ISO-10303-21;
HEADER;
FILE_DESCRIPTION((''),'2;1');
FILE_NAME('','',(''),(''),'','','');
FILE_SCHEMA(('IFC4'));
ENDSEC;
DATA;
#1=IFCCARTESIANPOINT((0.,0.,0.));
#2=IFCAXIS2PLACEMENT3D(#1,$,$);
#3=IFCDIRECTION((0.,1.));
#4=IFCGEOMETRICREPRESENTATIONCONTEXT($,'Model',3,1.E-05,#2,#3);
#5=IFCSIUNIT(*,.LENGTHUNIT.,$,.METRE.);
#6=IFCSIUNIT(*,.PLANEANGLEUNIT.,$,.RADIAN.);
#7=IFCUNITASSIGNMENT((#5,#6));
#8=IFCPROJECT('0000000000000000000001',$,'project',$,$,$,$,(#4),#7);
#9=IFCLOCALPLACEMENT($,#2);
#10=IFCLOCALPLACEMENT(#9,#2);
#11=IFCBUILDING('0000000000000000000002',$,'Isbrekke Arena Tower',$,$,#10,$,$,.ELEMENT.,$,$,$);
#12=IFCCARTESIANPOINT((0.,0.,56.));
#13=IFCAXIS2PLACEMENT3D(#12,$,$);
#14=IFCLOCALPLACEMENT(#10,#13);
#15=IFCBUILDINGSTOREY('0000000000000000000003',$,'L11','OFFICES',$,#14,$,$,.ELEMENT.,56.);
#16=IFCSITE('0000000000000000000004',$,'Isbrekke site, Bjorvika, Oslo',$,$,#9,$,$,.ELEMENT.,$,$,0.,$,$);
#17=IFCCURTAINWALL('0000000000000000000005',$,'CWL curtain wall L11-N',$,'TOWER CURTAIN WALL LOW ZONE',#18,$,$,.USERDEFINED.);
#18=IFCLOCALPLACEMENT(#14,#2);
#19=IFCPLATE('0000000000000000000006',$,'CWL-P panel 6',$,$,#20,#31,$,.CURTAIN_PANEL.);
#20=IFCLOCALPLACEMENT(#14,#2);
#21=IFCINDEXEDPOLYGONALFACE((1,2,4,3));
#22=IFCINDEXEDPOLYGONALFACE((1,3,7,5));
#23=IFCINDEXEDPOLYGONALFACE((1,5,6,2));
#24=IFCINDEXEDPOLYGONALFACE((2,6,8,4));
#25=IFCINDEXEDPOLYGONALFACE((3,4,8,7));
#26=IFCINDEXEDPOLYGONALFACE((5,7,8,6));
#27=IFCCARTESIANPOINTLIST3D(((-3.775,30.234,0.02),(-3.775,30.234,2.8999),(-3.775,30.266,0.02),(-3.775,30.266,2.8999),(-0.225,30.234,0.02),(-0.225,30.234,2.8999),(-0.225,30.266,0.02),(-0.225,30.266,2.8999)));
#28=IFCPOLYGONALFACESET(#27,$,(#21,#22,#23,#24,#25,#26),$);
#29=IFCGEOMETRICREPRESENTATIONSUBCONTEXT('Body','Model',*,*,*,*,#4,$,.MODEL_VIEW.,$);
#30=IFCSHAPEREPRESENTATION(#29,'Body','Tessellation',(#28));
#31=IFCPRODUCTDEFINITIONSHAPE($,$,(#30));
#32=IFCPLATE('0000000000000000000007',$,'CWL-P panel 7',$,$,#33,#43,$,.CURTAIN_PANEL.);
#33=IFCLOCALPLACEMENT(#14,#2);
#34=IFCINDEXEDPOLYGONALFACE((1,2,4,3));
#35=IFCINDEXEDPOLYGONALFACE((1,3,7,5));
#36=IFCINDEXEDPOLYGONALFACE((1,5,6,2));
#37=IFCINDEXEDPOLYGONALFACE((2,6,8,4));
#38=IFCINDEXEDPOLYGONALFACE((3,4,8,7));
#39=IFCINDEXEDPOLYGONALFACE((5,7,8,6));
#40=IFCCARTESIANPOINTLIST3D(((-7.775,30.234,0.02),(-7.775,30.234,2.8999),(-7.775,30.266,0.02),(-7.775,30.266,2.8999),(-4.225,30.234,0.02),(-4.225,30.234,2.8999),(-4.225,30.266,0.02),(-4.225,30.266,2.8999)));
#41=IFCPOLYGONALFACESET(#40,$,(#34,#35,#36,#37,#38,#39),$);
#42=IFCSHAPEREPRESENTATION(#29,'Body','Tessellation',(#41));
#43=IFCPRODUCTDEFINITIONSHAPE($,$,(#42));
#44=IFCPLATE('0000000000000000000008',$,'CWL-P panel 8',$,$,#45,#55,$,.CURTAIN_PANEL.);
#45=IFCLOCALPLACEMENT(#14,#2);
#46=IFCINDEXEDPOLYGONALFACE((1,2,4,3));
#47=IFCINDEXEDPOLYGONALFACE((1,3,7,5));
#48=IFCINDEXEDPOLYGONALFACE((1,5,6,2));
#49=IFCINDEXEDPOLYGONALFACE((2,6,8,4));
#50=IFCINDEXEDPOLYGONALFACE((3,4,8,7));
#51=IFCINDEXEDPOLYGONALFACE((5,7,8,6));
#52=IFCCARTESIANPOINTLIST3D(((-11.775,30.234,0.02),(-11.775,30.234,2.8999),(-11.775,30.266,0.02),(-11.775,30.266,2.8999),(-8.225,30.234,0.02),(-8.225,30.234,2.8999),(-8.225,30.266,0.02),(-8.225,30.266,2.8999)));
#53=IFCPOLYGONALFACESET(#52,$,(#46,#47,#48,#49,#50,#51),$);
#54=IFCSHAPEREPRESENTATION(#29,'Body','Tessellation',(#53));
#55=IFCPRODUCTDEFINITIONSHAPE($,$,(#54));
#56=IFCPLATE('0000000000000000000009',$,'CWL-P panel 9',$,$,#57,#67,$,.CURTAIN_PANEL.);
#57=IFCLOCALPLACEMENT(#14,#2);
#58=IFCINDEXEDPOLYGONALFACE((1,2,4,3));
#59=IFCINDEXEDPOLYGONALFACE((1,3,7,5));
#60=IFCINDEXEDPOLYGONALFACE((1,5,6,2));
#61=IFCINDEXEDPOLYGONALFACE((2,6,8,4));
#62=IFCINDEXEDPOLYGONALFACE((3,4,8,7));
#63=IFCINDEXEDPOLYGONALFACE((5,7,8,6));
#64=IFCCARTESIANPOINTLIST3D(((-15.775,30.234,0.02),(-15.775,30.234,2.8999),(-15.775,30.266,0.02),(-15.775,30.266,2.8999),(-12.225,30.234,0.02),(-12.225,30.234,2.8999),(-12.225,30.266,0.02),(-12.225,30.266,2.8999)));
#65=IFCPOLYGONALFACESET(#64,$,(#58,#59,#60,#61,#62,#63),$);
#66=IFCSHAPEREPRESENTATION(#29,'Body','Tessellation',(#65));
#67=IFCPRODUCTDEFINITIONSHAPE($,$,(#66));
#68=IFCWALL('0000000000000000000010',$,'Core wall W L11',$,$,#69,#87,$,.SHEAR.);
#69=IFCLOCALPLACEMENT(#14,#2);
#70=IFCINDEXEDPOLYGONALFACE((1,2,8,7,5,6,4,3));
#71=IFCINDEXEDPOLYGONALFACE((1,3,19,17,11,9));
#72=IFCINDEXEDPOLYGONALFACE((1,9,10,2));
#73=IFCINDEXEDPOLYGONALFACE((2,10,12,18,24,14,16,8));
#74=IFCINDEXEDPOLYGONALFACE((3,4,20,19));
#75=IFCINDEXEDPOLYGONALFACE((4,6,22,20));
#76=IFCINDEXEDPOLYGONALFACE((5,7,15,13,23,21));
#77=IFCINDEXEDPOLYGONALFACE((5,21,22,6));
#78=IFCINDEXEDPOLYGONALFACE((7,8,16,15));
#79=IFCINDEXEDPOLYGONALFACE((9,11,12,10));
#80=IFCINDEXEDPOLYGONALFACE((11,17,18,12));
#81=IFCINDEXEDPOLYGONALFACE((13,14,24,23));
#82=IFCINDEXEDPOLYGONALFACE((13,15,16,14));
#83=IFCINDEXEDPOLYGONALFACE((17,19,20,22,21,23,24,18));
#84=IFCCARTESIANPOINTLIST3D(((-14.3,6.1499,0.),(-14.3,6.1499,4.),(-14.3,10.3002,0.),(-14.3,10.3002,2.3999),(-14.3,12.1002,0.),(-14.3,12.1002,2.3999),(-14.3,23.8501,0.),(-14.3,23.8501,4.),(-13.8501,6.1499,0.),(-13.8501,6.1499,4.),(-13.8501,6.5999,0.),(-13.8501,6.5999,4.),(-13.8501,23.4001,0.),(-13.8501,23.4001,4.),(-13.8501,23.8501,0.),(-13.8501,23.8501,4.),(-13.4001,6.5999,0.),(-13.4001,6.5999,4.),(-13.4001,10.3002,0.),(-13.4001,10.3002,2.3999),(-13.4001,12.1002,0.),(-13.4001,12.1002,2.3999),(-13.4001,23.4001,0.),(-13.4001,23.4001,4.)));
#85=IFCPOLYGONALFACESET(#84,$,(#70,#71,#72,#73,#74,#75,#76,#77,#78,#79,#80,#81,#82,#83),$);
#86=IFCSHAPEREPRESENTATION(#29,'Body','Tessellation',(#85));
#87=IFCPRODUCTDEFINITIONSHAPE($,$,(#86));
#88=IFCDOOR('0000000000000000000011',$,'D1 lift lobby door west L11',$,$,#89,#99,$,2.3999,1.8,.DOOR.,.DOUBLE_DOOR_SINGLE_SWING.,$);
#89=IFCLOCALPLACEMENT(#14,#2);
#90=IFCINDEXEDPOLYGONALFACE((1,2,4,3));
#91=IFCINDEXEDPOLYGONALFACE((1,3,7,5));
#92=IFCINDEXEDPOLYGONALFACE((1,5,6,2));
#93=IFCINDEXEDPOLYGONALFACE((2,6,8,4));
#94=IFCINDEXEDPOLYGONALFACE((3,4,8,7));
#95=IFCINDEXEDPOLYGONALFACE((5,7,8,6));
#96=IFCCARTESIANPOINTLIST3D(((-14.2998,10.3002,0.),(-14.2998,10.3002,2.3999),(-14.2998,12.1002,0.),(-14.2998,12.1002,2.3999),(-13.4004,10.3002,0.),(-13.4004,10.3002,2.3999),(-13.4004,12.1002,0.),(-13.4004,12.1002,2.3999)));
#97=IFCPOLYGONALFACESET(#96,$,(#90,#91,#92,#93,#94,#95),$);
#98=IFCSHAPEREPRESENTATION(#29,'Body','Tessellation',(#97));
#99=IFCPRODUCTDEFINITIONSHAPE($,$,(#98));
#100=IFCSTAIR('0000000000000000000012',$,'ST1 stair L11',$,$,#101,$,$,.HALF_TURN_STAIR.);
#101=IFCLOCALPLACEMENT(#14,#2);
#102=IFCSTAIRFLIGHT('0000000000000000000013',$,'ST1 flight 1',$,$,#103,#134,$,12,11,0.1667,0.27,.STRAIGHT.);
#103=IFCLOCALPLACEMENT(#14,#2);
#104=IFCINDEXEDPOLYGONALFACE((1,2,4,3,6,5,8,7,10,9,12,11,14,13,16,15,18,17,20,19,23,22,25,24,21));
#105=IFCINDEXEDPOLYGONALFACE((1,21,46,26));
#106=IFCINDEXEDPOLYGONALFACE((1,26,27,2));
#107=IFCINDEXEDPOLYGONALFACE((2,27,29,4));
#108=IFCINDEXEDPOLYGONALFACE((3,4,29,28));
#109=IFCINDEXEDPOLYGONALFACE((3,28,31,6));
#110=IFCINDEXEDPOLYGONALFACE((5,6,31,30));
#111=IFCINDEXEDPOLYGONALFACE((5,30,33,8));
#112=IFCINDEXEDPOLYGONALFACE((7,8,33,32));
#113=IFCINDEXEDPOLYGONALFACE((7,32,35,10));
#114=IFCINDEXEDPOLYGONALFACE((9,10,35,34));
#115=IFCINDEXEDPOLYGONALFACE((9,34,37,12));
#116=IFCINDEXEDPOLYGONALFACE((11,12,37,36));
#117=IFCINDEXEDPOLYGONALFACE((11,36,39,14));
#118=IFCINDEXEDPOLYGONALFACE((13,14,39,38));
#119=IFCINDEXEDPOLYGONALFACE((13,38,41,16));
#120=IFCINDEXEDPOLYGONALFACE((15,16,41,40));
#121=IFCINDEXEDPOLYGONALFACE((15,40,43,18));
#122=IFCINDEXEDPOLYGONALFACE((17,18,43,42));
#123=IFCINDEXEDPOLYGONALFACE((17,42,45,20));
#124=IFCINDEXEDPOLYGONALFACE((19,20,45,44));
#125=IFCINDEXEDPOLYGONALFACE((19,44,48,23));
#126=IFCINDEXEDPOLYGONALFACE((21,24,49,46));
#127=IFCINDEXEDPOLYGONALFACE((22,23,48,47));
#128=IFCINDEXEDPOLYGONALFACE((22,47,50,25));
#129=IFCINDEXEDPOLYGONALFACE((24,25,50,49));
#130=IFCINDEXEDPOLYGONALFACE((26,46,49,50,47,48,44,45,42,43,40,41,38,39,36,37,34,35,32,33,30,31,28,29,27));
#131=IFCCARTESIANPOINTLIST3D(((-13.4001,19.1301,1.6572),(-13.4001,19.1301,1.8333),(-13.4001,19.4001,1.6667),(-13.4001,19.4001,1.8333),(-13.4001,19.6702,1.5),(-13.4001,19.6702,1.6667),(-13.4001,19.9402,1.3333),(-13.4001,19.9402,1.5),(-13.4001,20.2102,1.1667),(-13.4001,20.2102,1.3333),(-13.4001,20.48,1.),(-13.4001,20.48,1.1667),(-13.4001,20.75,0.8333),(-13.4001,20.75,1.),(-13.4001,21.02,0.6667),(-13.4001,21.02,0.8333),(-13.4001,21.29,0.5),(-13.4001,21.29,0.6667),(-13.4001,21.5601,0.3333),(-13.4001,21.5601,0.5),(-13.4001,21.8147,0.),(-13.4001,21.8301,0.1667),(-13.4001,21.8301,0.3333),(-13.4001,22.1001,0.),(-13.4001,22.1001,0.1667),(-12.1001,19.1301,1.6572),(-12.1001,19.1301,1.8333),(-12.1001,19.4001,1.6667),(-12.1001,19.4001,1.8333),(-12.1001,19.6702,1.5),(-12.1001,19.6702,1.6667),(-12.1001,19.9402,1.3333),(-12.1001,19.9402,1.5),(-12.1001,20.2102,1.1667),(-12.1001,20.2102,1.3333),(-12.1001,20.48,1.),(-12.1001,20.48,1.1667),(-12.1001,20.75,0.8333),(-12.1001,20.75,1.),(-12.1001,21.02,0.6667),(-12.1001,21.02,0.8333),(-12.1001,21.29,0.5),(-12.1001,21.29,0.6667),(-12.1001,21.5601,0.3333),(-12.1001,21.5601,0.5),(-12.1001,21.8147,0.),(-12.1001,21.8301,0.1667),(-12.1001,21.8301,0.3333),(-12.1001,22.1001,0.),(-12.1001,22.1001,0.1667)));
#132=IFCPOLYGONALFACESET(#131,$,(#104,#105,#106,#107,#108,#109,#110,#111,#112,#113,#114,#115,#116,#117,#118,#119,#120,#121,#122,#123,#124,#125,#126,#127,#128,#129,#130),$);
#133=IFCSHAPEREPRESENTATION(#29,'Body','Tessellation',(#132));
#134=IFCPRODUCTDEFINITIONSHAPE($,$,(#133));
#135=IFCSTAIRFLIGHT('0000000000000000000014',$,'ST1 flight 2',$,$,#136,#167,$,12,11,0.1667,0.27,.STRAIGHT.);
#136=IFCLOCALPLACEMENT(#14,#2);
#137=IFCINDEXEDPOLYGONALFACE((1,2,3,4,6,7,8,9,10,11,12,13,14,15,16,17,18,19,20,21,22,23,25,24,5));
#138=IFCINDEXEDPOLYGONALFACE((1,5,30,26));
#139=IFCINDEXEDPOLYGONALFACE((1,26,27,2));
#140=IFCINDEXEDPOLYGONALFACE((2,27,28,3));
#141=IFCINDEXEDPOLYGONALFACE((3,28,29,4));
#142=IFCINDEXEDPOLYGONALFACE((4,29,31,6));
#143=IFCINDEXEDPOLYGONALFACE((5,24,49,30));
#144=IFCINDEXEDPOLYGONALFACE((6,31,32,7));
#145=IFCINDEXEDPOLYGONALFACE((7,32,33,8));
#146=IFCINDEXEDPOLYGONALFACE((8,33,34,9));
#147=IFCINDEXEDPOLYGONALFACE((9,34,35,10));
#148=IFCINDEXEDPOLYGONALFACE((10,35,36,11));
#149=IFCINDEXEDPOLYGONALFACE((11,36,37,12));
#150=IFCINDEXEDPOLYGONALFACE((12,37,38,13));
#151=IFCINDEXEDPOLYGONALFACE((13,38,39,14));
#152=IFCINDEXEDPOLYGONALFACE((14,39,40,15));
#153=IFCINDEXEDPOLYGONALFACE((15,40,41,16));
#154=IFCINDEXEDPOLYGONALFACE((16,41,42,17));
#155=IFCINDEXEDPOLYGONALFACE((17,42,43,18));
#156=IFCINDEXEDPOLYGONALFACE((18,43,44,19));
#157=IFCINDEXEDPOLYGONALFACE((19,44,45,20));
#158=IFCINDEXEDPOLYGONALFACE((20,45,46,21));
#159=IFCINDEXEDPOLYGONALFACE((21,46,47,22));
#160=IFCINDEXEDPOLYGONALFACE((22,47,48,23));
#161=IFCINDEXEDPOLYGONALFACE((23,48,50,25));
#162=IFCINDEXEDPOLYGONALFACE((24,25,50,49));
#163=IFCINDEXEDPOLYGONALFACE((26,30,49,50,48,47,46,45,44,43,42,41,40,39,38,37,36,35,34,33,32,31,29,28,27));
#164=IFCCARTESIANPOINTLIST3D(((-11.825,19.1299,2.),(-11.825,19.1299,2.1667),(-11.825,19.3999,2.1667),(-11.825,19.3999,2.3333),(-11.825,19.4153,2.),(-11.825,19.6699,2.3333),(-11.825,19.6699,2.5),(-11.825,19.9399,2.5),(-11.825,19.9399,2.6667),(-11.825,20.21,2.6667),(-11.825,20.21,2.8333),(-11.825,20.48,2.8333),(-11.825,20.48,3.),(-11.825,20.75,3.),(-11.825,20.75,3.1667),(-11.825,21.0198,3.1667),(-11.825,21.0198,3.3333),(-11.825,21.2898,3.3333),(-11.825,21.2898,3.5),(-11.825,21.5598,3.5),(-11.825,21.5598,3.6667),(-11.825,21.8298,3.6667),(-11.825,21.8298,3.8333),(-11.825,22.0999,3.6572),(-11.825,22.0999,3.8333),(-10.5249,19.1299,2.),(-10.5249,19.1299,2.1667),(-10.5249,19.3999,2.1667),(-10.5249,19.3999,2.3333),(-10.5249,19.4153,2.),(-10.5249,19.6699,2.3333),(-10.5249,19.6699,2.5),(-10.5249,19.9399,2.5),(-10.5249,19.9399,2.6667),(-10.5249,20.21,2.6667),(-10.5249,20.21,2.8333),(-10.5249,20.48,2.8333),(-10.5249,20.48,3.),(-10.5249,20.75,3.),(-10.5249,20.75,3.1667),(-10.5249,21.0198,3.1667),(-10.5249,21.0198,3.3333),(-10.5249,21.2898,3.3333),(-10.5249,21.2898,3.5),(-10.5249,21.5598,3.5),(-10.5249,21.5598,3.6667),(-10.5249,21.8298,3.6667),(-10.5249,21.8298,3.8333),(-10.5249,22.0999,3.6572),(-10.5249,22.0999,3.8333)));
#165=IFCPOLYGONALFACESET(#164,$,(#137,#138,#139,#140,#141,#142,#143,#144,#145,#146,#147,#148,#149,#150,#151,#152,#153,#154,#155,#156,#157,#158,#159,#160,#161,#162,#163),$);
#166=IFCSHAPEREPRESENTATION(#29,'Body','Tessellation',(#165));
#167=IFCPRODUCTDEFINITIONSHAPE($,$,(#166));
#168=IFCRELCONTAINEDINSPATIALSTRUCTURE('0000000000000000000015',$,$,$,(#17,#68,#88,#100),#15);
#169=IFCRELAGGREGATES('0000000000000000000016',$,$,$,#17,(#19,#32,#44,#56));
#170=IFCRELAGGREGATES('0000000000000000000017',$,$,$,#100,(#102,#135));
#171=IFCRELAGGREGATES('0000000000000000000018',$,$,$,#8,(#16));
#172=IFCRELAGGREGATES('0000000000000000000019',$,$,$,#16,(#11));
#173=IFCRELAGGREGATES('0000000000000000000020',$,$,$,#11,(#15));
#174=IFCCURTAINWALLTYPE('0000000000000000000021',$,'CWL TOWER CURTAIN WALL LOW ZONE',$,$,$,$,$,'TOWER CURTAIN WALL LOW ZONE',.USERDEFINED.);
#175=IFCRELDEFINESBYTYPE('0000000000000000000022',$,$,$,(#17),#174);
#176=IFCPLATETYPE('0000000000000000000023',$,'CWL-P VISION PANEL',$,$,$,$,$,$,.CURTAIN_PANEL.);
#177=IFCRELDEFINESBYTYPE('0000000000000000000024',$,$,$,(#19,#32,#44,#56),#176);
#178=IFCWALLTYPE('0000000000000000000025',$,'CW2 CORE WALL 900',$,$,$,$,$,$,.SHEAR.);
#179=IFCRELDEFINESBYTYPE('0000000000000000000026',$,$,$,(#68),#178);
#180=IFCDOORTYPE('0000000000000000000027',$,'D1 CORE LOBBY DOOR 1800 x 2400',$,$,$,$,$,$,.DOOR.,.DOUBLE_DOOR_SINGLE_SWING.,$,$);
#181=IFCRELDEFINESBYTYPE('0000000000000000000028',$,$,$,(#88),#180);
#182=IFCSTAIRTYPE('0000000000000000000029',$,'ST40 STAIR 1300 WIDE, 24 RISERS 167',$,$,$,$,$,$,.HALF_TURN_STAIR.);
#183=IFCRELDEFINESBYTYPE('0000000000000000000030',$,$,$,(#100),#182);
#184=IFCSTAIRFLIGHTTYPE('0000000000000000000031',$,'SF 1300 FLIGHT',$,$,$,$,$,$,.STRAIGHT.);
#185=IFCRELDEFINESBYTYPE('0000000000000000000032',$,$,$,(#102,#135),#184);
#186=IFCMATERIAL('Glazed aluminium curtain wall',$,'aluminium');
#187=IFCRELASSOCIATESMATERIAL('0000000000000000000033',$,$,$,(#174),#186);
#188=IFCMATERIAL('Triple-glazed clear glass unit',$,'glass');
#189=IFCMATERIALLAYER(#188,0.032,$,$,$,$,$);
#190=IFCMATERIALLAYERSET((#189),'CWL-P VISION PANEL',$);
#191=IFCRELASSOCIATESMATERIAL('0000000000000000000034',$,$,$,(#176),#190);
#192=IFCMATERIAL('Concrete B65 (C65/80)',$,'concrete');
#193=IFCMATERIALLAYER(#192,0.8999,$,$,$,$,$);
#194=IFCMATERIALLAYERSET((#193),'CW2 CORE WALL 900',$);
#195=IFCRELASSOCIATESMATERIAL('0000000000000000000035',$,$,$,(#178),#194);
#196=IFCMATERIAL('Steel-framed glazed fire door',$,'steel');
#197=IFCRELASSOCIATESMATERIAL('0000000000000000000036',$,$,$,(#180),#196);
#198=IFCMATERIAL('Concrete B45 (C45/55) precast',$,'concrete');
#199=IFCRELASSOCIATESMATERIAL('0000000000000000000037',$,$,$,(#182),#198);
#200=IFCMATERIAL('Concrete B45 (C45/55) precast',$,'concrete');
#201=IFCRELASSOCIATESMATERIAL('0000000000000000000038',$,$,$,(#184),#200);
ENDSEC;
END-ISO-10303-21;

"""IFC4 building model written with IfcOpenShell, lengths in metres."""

from ifc_helpers import new_model, si_unit, direction, frame, frame_2d, origin, origin_2d, place, context, subcontext, project, spatial, polyline, rectangle, outline, extrude, material, layer, layer_set, type_object, element, fill, aggregate, save


model = new_model("IFC4")

# Units and contexts
model_context = context("Model", 3, precision=1e-05, world=origin(), true_north=direction((0.0, 1.0)))
body_context = subcontext(model_context, "Body", "Model", "MODEL_VIEW")
ifc_project = project(units=[si_unit("LENGTHUNIT", "METRE"), si_unit("PLANEANGLEUNIT", "RADIAN")], contexts=[model_context])

# Site, building, storey
site_placement = place(None, origin())
site = spatial("IfcSite", under=ifc_project, at=site_placement, Name="Isbrekke site, Bjorvika, Oslo", CompositionType="ELEMENT", RefElevation=0.0)
building_placement = place(site_placement, origin())
building = spatial("IfcBuilding", under=site, at=building_placement, Name="Isbrekke Arena Tower", CompositionType="ELEMENT")
storey_placement = place(building_placement, frame((0.0, 0.0, 56.0)))
storey = spatial("IfcBuildingStorey", under=building, at=storey_placement, Name="L11", Description="OFFICES", CompositionType="ELEMENT", Elevation=56.0)

# Curtain wall
ifc_material_1 = material(Name="Glazed aluminium curtain wall", Category="aluminium")
curtain_wall_type = type_object("IfcCurtainWallType", Name="CWL TOWER CURTAIN WALL LOW ZONE", ElementType="TOWER CURTAIN WALL LOW ZONE", PredefinedType="USERDEFINED", material=ifc_material_1)
curtain_wall_placement = place(storey_placement, origin())
curtain_wall = element("IfcCurtainWall", 1, at=curtain_wall_placement, inside=storey, type_object=curtain_wall_type, Name="CWL curtain wall L11-N", ObjectType="TOWER CURTAIN WALL LOW ZONE", PredefinedType="USERDEFINED")

# Plates
ifc_material_2 = material(Name="Triple-glazed clear glass unit", Category="glass")
ifc_layer_1 = layer(ifc_material_2, 0.032)
ifc_layer_set_1 = layer_set([ifc_layer_1], Name="CWL-P VISION PANEL")
plate_type = type_object("IfcPlateType", Name="CWL-P VISION PANEL", PredefinedType="CURTAIN_PANEL", material=ifc_layer_set_1)
plate_1_placement = place(storey_placement, frame((-2.0, 30.25, 0.02), z_axis=(0.0, 0.0, 1.0), x_axis=(-1.0, 0.0, 0.0)))
plate_1 = element("IfcPlate", 2, at=plate_1_placement, type_object=plate_type, Name="CWL-P panel 6", PredefinedType="CURTAIN_PANEL", context=body_context, shape_type="SweptSolid", body=[
    extrude(rectangle(XDim=3.55, YDim=0.032, at=origin_2d()), origin(), (0.0, 0.0, 1.0), 2.8799),
])
plate_2_placement = place(storey_placement, frame((-6.0, 30.25, 0.02), z_axis=(0.0, 0.0, 1.0), x_axis=(-1.0, 0.0, 0.0)))
plate_2 = element("IfcPlate", 3, at=plate_2_placement, type_object=plate_type, Name="CWL-P panel 7", PredefinedType="CURTAIN_PANEL", context=body_context, shape_type="SweptSolid", body=[
    extrude(rectangle(XDim=3.55, YDim=0.032, at=origin_2d()), origin(), (0.0, 0.0, 1.0), 2.8799),
])
plate_3_placement = place(storey_placement, frame((-10.0, 30.25, 0.02), z_axis=(0.0, 0.0, 1.0), x_axis=(-1.0, 0.0, 0.0)))
plate_3 = element("IfcPlate", 4, at=plate_3_placement, type_object=plate_type, Name="CWL-P panel 8", PredefinedType="CURTAIN_PANEL", context=body_context, shape_type="SweptSolid", body=[
    extrude(rectangle(XDim=3.55, YDim=0.032, at=origin_2d()), origin(), (0.0, 0.0, 1.0), 2.8799),
])
plate_4_placement = place(storey_placement, frame((-14.0, 30.25, 0.02), z_axis=(0.0, 0.0, 1.0), x_axis=(-1.0, 0.0, 0.0)))
plate_4 = element("IfcPlate", 5, at=plate_4_placement, type_object=plate_type, Name="CWL-P panel 9", PredefinedType="CURTAIN_PANEL", context=body_context, shape_type="SweptSolid", body=[
    extrude(rectangle(XDim=3.55, YDim=0.032, at=origin_2d()), origin(), (0.0, 0.0, 1.0), 2.8799),
])
aggregate(curtain_wall, [plate_1, plate_2, plate_3, plate_4])

# Wall, opening, door
ifc_material_3 = material(Name="Concrete B65 (C65/80)", Category="concrete")
ifc_layer_2 = layer(ifc_material_3, 0.8999)
ifc_layer_set_2 = layer_set([ifc_layer_2], Name="CW2 CORE WALL 900")
wall_type = type_object("IfcWallType", Name="CW2 CORE WALL 900", PredefinedType="SHEAR", material=ifc_layer_set_2)
wall_placement = place(storey_placement, frame((-13.8501, 23.8501, 0.0), z_axis=(0.0, 0.0, 1.0), x_axis=(0.0, -1.0, 0.0)))
wall = element("IfcWall", 6, at=wall_placement, inside=storey, type_object=wall_type, Name="Core wall W L11", PredefinedType="SHEAR", context=body_context, shape_type="SweptSolid", body=[
    extrude(outline(polyline([(0.0, -0.45), (17.7002, -0.45), (17.7002, 0.0), (17.2502, 0.0), (17.2502, 0.45), (0.45, 0.45), (0.45, 0.0), (0.0, 0.0), (0.0, -0.45)])), origin(), (0.0, 0.0, 1.0), 4.0),
])
opening_placement = place(wall_placement, frame((11.75, 0.0, 0.0)))
opening = element("IfcOpeningElement", 7, at=opening_placement, cuts=wall, PredefinedType="OPENING", context=body_context, shape_type="SweptSolid", body=[
    extrude(rectangle(XDim=1.8, YDim=2.3999, at=frame_2d((0.8999, 1.2))), frame((0.0, 0.4648, 0.0), z_axis=(0.0, -1.0, 0.0), x_axis=(1.0, 0.0, 0.0)), (0.0, 0.0, 1.0), 0.9297),
])
ifc_material_4 = material(Name="Steel-framed glazed fire door", Category="steel")
door_type = type_object("IfcDoorType", Name="D1 CORE LOBBY DOOR 1800 x 2400", OperationType="DOUBLE_DOOR_SINGLE_SWING", PredefinedType="DOOR", material=ifc_material_4)
door_placement = place(opening_placement, origin())
door = element("IfcDoor", 8, at=door_placement, inside=storey, type_object=door_type, Name="D1 lift lobby door west L11", OperationType="DOUBLE_DOOR_SINGLE_SWING", OverallHeight=2.3999, OverallWidth=1.8, PredefinedType="DOOR", context=body_context, shape_type="SweptSolid", body=[
    extrude(rectangle(XDim=1.8, YDim=2.3999, at=frame_2d((0.8999, 1.2))), frame((0.0, 0.4497, 0.0), z_axis=(0.0, -1.0, 0.0), x_axis=(1.0, 0.0, 0.0)), (0.0, 0.0, 1.0), 0.8994),
])
fill(opening, door)

# Stair, stair flights
ifc_material_5 = material(Name="Concrete B45 (C45/55) precast", Category="concrete")
stair_type = type_object("IfcStairType", Name="ST40 STAIR 1300 WIDE, 24 RISERS 167", PredefinedType="HALF_TURN_STAIR", material=ifc_material_5)
stair_placement = place(storey_placement, origin())
stair = element("IfcStair", 9, at=stair_placement, inside=storey, type_object=stair_type, Name="ST1 stair L11", PredefinedType="HALF_TURN_STAIR")
ifc_material_6 = material(Name="Concrete B45 (C45/55) precast", Category="concrete")
stair_flight_type = type_object("IfcStairFlightType", Name="SF 1300 FLIGHT", PredefinedType="STRAIGHT", material=ifc_material_6)
stair_flight_1_placement = place(storey_placement, frame((-12.75, 22.1001, 0.0), z_axis=(0.0, 0.0, 1.0), x_axis=(0.0, -1.0, 0.0)))
stair_flight_1 = element("IfcStairFlight", 10, at=stair_flight_1_placement, type_object=stair_flight_type, Name="ST1 flight 1", NumberOfRisers=12, NumberOfTreads=11, PredefinedType="STRAIGHT", RiserHeight=0.1667, TreadLength=0.27, context=body_context, shape_type="SweptSolid", body=[
    extrude(outline(polyline([(0.0, 0.0), (0.0, 0.1667), (0.27, 0.1667), (0.27, 0.3333), (0.54, 0.3333), (0.54, 0.5), (0.8101, 0.5), (0.8101, 0.6667), (1.0801, 0.6667), (1.0801, 0.8333), (1.3501, 0.8333), (1.3501, 1.0), (1.6201, 1.0), (1.6201, 1.1667), (1.8899, 1.1667), (1.8899, 1.3333), (2.1599, 1.3333), (2.1599, 1.5), (2.4299, 1.5), (2.4299, 1.6667), (2.7, 1.6667), (2.7, 1.8333), (2.97, 1.8333), (2.97, 2.0), (2.97, 1.6572), (0.2854, 0.0), (0.0, 0.0)])), frame((0.0, 0.6499, 0.0), z_axis=(0.0, -1.0, 0.0), x_axis=(1.0, 0.0, 0.0)), (0.0, 0.0, 1.0), 1.3),
])
stair_flight_2_placement = place(storey_placement, frame((-11.175, 19.1299, 2.0), z_axis=(0.0, 0.0, 1.0), x_axis=(0.0, 1.0, 0.0)))
stair_flight_2 = element("IfcStairFlight", 11, at=stair_flight_2_placement, type_object=stair_flight_type, Name="ST1 flight 2", NumberOfRisers=12, NumberOfTreads=11, PredefinedType="STRAIGHT", RiserHeight=0.1667, TreadLength=0.27, context=body_context, shape_type="SweptSolid", body=[
    extrude(outline(polyline([(0.0, 0.0), (0.0, 0.1667), (0.27, 0.1667), (0.27, 0.3333), (0.54, 0.3333), (0.54, 0.5), (0.8101, 0.5), (0.8101, 0.6667), (1.0801, 0.6667), (1.0801, 0.8333), (1.3501, 0.8333), (1.3501, 1.0), (1.6201, 1.0), (1.6201, 1.1667), (1.8899, 1.1667), (1.8899, 1.3333), (2.1599, 1.3333), (2.1599, 1.5), (2.4299, 1.5), (2.4299, 1.6667), (2.7, 1.6667), (2.7, 1.8333), (2.97, 1.8333), (2.97, 2.0), (2.97, 1.6572), (0.2854, 0.0), (0.0, 0.0)])), frame((0.0, 0.6499, 0.0), z_axis=(0.0, -1.0, 0.0), x_axis=(1.0, 0.0, 0.0)), (0.0, 0.0, 1.0), 1.3),
])
aggregate(stair, [stair_flight_1, stair_flight_2])

save(model, "model.ifc")
